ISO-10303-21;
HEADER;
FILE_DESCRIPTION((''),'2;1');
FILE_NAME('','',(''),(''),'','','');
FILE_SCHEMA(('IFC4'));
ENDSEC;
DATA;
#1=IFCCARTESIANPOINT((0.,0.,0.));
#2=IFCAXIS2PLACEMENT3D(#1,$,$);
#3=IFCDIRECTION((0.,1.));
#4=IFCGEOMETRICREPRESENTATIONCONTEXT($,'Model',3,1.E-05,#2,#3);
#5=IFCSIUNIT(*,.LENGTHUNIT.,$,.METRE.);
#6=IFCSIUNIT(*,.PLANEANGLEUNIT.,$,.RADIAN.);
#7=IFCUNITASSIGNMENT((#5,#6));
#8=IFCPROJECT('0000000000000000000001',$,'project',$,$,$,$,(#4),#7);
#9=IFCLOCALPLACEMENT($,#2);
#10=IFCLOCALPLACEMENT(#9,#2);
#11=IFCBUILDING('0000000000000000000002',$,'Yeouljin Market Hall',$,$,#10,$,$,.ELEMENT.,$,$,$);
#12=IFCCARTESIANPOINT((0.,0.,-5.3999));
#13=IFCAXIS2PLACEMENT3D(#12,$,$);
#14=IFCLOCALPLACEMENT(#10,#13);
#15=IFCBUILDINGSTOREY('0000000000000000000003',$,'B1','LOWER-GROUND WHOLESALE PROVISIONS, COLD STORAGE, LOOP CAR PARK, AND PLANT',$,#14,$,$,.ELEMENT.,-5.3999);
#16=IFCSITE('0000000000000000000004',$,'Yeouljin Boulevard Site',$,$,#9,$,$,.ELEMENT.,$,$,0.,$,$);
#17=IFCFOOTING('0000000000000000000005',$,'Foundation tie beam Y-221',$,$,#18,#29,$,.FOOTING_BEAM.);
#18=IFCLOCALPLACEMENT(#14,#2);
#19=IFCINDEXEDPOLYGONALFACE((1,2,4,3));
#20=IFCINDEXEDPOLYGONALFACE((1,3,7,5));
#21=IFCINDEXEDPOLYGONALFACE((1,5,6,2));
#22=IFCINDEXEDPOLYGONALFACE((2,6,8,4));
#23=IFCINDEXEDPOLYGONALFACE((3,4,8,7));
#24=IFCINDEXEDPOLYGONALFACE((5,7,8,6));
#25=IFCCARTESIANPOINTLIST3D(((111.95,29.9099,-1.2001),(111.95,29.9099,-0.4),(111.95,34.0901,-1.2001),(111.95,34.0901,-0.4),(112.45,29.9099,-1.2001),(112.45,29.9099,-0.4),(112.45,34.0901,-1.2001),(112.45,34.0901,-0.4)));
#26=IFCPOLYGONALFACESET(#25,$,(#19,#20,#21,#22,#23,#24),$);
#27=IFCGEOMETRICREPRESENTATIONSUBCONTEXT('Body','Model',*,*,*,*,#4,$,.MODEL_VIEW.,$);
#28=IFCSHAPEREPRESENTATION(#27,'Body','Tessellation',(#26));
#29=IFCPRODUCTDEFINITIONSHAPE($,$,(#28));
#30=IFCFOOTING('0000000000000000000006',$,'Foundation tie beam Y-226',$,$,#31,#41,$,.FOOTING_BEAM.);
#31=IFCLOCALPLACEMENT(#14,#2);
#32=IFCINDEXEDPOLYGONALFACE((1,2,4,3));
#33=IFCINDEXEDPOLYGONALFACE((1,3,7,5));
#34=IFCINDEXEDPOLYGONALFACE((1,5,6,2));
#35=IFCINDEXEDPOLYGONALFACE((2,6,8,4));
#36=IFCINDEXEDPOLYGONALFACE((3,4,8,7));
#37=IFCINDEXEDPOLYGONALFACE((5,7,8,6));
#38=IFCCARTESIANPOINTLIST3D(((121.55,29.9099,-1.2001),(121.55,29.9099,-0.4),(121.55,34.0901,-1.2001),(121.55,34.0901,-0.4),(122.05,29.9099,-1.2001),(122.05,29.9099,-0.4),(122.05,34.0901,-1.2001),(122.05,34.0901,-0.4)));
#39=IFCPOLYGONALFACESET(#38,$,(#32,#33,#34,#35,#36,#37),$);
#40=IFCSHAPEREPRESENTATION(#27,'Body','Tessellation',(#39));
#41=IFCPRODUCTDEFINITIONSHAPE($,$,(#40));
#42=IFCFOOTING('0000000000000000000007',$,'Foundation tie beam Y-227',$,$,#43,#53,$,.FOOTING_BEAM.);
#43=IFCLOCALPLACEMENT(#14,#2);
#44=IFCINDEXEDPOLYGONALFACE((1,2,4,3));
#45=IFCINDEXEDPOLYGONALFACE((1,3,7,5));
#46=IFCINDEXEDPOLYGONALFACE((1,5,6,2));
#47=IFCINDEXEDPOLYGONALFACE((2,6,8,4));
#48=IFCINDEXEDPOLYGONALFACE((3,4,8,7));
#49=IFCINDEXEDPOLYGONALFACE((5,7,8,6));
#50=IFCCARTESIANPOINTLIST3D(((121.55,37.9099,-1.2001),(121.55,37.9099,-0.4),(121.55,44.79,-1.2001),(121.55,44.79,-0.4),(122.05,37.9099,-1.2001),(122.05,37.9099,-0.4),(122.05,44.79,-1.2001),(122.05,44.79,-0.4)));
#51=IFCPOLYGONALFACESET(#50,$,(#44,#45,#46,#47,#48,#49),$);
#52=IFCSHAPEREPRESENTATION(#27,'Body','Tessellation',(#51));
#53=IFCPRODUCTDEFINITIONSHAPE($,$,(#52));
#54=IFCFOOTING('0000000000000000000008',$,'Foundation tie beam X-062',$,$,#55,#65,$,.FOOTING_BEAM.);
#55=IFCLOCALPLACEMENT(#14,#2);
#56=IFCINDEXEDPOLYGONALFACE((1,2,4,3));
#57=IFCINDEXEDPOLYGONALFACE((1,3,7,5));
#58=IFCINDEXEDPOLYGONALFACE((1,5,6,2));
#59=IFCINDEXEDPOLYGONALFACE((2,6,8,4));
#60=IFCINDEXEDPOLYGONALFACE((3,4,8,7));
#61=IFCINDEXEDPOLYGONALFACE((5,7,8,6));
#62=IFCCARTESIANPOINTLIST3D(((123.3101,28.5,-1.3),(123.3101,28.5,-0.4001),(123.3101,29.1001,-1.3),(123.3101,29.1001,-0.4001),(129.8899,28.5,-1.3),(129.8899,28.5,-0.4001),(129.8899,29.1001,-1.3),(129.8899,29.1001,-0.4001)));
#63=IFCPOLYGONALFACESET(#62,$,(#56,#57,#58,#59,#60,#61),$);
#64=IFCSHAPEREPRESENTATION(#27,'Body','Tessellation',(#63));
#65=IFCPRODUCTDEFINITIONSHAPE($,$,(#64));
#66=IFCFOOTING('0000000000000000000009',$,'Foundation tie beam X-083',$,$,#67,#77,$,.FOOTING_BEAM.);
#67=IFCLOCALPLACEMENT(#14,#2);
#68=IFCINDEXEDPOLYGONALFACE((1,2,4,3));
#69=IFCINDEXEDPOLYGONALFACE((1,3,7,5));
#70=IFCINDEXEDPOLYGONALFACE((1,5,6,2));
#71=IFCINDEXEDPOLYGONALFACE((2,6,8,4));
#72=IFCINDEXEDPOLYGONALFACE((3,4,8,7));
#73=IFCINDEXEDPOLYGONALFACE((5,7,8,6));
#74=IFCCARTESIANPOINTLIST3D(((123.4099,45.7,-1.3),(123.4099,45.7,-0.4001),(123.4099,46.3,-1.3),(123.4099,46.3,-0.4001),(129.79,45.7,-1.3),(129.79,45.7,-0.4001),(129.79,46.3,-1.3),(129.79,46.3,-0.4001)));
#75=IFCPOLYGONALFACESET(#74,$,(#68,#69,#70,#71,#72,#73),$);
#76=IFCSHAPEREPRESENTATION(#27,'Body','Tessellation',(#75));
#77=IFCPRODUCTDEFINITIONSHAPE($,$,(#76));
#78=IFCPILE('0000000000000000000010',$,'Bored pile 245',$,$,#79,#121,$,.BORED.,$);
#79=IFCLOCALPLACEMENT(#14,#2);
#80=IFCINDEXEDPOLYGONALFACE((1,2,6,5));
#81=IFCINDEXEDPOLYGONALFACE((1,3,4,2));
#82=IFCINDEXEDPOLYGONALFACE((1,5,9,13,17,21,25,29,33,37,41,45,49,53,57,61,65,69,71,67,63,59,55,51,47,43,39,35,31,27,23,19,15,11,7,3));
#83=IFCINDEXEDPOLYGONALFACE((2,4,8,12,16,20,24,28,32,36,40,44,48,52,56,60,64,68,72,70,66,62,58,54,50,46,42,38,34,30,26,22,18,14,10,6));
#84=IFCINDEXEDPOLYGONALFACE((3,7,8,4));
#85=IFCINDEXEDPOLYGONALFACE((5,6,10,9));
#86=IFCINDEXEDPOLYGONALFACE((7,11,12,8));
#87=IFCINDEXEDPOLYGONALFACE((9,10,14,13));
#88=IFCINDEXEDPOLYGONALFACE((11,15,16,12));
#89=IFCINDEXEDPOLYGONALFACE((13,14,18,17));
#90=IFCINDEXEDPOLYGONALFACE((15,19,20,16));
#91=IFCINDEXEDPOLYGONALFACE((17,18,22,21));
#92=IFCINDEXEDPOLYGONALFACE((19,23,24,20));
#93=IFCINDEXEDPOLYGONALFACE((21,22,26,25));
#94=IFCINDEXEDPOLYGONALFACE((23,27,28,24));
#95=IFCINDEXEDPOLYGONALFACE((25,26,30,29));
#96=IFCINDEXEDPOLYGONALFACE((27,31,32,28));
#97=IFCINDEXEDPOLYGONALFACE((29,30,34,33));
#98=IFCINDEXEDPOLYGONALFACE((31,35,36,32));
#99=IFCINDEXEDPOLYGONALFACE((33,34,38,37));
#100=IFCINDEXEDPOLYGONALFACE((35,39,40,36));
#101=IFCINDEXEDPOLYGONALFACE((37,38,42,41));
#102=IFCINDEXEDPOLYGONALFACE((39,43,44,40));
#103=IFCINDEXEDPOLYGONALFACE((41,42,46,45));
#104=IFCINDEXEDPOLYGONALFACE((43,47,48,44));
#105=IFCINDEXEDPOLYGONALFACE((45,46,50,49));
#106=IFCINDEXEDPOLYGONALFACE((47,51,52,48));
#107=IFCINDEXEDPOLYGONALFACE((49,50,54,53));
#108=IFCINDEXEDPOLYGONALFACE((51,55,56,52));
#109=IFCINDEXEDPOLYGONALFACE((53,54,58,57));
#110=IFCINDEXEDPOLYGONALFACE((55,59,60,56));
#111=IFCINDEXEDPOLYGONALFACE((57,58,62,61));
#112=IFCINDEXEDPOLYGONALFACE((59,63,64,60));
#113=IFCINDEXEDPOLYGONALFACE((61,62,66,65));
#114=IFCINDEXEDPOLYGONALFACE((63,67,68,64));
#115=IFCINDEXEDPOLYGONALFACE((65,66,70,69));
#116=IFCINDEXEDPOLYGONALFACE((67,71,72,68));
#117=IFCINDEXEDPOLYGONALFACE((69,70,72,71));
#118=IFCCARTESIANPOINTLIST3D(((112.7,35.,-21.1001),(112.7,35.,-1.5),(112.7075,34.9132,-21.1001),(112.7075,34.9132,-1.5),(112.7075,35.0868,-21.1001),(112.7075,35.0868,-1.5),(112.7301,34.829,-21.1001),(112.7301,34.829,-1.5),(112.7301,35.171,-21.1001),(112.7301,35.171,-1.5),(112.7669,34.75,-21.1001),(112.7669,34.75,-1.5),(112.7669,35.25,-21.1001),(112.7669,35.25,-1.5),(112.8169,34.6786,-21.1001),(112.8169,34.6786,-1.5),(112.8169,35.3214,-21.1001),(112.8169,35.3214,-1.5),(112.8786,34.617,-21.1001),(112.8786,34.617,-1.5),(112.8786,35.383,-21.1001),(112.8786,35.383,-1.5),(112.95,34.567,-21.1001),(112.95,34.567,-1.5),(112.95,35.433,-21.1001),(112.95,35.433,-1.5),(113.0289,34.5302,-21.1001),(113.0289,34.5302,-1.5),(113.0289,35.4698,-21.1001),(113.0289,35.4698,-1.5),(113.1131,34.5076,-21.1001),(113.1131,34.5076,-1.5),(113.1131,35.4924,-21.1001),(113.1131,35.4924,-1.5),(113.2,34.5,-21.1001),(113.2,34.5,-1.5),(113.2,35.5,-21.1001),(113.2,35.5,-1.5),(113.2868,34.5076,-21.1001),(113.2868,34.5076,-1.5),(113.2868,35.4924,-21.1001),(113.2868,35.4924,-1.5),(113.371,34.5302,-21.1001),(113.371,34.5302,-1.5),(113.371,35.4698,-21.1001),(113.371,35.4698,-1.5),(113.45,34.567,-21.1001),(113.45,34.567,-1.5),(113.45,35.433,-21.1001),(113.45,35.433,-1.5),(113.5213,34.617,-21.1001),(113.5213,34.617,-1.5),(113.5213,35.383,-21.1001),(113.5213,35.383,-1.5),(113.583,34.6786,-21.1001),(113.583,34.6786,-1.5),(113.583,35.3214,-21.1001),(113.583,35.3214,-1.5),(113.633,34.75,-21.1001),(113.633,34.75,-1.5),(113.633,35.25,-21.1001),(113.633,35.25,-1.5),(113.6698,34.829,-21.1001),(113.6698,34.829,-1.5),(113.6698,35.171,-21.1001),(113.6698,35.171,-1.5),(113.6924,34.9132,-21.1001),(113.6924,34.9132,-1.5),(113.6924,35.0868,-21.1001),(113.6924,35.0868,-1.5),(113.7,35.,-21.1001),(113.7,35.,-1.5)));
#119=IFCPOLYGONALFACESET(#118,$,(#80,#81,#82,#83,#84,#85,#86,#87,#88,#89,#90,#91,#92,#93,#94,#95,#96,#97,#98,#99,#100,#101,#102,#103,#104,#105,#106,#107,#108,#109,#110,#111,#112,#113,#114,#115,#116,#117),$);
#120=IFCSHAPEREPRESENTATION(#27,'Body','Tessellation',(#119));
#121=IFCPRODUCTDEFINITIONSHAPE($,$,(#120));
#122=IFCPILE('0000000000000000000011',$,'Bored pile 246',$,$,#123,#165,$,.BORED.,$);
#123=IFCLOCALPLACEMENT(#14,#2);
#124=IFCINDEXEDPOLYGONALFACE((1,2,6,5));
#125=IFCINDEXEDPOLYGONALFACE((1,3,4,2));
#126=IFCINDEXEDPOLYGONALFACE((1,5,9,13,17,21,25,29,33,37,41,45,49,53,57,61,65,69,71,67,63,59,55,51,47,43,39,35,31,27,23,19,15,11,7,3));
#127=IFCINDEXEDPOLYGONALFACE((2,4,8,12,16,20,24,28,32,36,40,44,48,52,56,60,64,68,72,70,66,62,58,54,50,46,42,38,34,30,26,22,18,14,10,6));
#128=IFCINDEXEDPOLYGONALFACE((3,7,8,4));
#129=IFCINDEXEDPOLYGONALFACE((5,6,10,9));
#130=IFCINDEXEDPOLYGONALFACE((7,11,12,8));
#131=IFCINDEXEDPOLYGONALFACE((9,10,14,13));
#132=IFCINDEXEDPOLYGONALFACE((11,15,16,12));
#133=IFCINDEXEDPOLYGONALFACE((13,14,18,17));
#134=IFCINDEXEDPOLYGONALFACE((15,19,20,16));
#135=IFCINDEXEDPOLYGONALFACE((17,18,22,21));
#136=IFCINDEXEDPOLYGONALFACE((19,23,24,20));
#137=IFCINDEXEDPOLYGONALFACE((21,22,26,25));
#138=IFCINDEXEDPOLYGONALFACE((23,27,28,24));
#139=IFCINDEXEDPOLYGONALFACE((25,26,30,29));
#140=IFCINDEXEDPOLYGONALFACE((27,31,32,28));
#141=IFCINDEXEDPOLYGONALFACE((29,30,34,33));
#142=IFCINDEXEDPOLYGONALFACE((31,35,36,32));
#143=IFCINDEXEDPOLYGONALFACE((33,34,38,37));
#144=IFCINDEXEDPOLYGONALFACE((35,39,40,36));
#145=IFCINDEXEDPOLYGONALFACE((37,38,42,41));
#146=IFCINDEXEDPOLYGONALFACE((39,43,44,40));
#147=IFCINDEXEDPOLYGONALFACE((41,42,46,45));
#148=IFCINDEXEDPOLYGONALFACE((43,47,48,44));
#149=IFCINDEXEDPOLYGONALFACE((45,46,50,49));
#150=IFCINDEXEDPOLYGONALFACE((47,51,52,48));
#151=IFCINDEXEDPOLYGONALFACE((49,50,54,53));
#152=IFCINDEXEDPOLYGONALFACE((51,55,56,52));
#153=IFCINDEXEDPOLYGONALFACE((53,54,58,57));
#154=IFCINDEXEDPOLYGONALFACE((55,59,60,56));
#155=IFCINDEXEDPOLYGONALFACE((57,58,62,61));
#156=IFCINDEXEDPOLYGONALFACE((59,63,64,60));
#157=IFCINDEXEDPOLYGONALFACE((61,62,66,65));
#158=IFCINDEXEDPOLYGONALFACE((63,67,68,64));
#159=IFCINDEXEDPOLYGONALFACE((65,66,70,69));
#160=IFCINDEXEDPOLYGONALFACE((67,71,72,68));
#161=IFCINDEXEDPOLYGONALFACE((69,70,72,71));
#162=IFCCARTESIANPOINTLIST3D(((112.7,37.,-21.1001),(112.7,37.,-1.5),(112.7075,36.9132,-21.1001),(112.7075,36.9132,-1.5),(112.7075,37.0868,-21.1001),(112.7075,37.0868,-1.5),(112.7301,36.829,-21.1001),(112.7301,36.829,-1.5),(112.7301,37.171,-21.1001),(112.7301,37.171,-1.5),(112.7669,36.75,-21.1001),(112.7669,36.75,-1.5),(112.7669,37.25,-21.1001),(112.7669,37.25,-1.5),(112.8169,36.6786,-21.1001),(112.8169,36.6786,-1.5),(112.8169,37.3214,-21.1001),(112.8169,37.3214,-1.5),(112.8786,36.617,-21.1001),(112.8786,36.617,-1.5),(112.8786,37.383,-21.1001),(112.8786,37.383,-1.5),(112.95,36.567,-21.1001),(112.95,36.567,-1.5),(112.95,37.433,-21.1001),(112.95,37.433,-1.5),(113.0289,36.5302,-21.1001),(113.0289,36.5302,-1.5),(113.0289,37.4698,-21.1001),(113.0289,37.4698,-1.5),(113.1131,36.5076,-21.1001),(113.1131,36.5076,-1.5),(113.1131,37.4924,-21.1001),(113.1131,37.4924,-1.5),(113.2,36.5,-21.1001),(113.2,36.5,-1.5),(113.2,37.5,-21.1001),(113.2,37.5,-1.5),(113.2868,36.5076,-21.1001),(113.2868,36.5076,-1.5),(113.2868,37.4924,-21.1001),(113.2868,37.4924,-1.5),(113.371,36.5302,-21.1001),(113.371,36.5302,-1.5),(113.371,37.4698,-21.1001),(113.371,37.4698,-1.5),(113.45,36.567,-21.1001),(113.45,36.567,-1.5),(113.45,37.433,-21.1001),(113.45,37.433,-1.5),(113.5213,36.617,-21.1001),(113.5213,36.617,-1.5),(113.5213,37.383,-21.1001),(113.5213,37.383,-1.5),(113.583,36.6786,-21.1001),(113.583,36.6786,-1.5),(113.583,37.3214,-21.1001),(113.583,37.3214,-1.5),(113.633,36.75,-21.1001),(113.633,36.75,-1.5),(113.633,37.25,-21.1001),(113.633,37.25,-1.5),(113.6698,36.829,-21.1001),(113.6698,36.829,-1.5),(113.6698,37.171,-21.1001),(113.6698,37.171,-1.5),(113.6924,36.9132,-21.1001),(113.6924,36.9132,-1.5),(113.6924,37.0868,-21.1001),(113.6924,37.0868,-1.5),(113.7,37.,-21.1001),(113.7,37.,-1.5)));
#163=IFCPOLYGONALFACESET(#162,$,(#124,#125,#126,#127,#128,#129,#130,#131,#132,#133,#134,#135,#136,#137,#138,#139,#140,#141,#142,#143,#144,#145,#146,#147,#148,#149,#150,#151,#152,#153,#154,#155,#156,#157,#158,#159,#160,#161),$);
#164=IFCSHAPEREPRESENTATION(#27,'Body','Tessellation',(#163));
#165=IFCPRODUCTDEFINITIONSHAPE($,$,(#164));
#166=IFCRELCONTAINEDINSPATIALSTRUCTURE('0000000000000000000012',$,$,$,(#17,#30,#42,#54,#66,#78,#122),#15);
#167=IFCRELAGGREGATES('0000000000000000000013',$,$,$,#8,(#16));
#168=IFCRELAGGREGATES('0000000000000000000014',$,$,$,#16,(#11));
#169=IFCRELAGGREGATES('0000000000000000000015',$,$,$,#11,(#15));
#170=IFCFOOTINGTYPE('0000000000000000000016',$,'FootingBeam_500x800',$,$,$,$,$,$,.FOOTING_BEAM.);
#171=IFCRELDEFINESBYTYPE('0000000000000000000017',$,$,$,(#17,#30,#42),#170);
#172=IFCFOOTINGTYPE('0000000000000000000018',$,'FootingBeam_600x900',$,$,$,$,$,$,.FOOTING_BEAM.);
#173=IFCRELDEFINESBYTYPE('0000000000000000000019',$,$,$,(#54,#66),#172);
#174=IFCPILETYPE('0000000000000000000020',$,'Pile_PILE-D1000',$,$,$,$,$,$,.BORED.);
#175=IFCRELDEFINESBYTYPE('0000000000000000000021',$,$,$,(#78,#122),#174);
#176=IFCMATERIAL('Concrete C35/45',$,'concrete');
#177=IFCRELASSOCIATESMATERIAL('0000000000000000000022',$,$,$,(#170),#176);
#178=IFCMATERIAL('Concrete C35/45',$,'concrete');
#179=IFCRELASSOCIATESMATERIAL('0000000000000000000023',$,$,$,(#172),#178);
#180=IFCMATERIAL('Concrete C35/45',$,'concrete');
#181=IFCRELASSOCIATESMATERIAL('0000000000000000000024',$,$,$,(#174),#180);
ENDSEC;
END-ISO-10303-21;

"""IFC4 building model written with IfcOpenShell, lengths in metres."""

from ifc_helpers import new_model, si_unit, direction, frame, origin, origin_2d, place, context, subcontext, project, spatial, rectangle, circle, extrude, material, material_profile, profile_set, type_object, element, save


model = new_model("IFC4")

# Units and contexts
model_context = context("Model", 3, precision=1e-05, world=origin(), true_north=direction((0.0, 1.0)))
body_context = subcontext(model_context, "Body", "Model", "MODEL_VIEW")
ifc_project = project(units=[si_unit("LENGTHUNIT", "METRE"), si_unit("PLANEANGLEUNIT", "RADIAN")], contexts=[model_context])

# Site, building, storey
site_placement = place(None, origin())
site = spatial("IfcSite", under=ifc_project, at=site_placement, Name="Yeouljin Boulevard Site", CompositionType="ELEMENT", RefElevation=0.0)
building_placement = place(site_placement, origin())
building = spatial("IfcBuilding", under=site, at=building_placement, Name="Yeouljin Market Hall", CompositionType="ELEMENT")
storey_placement = place(building_placement, frame((0.0, 0.0, -5.3999)))
storey = spatial("IfcBuildingStorey", under=building, at=storey_placement, Name="B1", Description="LOWER-GROUND WHOLESALE PROVISIONS, COLD STORAGE, LOOP CAR PARK, AND PLANT", CompositionType="ELEMENT", Elevation=-5.3999)

# Footings
ifc_material_1 = material(Name="Concrete C35/45", Category="concrete")
ifc_material_profile_1 = material_profile(ifc_material_1, rectangle(XDim=0.5, YDim=0.8, at=origin_2d()), Name="RC-500x800")
ifc_profile_set_1 = profile_set([ifc_material_profile_1], Name="Concrete C35/45")
footing_type_1 = type_object("IfcFootingType", Name="FootingBeam_500x800", PredefinedType="FOOTING_BEAM", material=ifc_profile_set_1)
for number, where, z_axis, x_axis, name in (
    (1, (112.2, 29.9099, -0.8), (0.0, 1.0, 0.0), (-1.0, 0.0, 0.0), "Foundation tie beam Y-221"),
    (2, (121.8, 29.9099, -0.8), (0.0, 1.0, 0.0), (-1.0, 0.0, 0.0), "Foundation tie beam Y-226"),
):
    element("IfcFooting", number, at=place(storey_placement, frame(where, z_axis=z_axis, x_axis=x_axis)), inside=storey, type_object=footing_type_1, Name=name, PredefinedType="FOOTING_BEAM", context=body_context, shape_type="SweptSolid", body=[
        extrude(rectangle(XDim=0.5, YDim=0.8, at=origin_2d()), origin(), (0.0, 0.0, 1.0), 4.1802),
    ])
footing_1_placement = place(storey_placement, frame((121.8, 37.9099, -0.8), z_axis=(0.0, 1.0, 0.0), x_axis=(-1.0, 0.0, 0.0)))
element("IfcFooting", 3, at=footing_1_placement, inside=storey, type_object=footing_type_1, Name="Foundation tie beam Y-227", PredefinedType="FOOTING_BEAM", context=body_context, shape_type="SweptSolid", body=[
    extrude(rectangle(XDim=0.5, YDim=0.8, at=origin_2d()), origin(), (0.0, 0.0, 1.0), 6.8801),
])
ifc_material_2 = material(Name="Concrete C35/45", Category="concrete")
ifc_material_profile_2 = material_profile(ifc_material_2, rectangle(XDim=0.6001, YDim=0.8999, at=origin_2d()), Name="RC-600x900")
ifc_profile_set_2 = profile_set([ifc_material_profile_2], Name="Concrete C35/45")
footing_type_2 = type_object("IfcFootingType", Name="FootingBeam_600x900", PredefinedType="FOOTING_BEAM", material=ifc_profile_set_2)
footing_2_placement = place(storey_placement, frame((123.3101, 28.8, -0.8501), z_axis=(1.0, 0.0, 0.0), x_axis=(0.0, 1.0, 0.0)))
element("IfcFooting", 4, at=footing_2_placement, inside=storey, type_object=footing_type_2, Name="Foundation tie beam X-062", PredefinedType="FOOTING_BEAM", context=body_context, shape_type="SweptSolid", body=[
    extrude(rectangle(XDim=0.6001, YDim=0.8999, at=origin_2d()), origin(), (0.0, 0.0, 1.0), 6.5798),
])
footing_3_placement = place(storey_placement, frame((123.4099, 46.0, -0.8501), z_axis=(1.0, 0.0, 0.0), x_axis=(0.0, 1.0, 0.0)))
element("IfcFooting", 5, at=footing_3_placement, inside=storey, type_object=footing_type_2, Name="Foundation tie beam X-083", PredefinedType="FOOTING_BEAM", context=body_context, shape_type="SweptSolid", body=[
    extrude(rectangle(XDim=0.6001, YDim=0.8999, at=origin_2d()), origin(), (0.0, 0.0, 1.0), 6.3801),
])

# Piles
ifc_material_3 = material(Name="Concrete C35/45", Category="concrete")
ifc_material_profile_3 = material_profile(ifc_material_3, circle(Radius=0.5, at=origin_2d()), Name="PILE-D1000")
ifc_profile_set_3 = profile_set([ifc_material_profile_3], Name="Concrete C35/45")
pile_type = type_object("IfcPileType", Name="Pile_PILE-D1000", PredefinedType="BORED", material=ifc_profile_set_3)
for number, where, z_axis, x_axis, name in (
    (6, (113.2, 35.0, -1.5), (0.0, 0.0, -1.0), (1.0, 0.0, 0.0), "Bored pile 245"),
    (7, (113.2, 37.0, -1.5), (0.0, 0.0, -1.0), (1.0, 0.0, 0.0), "Bored pile 246"),
):
    element("IfcPile", number, at=place(storey_placement, frame(where, z_axis=z_axis, x_axis=x_axis)), inside=storey, type_object=pile_type, Name=name, PredefinedType="BORED", context=body_context, shape_type="SweptSolid", body=[
        extrude(circle(Radius=0.5, at=origin_2d()), origin(), (0.0, 0.0, 1.0), 19.6001),
    ])

save(model, "model.ifc")
